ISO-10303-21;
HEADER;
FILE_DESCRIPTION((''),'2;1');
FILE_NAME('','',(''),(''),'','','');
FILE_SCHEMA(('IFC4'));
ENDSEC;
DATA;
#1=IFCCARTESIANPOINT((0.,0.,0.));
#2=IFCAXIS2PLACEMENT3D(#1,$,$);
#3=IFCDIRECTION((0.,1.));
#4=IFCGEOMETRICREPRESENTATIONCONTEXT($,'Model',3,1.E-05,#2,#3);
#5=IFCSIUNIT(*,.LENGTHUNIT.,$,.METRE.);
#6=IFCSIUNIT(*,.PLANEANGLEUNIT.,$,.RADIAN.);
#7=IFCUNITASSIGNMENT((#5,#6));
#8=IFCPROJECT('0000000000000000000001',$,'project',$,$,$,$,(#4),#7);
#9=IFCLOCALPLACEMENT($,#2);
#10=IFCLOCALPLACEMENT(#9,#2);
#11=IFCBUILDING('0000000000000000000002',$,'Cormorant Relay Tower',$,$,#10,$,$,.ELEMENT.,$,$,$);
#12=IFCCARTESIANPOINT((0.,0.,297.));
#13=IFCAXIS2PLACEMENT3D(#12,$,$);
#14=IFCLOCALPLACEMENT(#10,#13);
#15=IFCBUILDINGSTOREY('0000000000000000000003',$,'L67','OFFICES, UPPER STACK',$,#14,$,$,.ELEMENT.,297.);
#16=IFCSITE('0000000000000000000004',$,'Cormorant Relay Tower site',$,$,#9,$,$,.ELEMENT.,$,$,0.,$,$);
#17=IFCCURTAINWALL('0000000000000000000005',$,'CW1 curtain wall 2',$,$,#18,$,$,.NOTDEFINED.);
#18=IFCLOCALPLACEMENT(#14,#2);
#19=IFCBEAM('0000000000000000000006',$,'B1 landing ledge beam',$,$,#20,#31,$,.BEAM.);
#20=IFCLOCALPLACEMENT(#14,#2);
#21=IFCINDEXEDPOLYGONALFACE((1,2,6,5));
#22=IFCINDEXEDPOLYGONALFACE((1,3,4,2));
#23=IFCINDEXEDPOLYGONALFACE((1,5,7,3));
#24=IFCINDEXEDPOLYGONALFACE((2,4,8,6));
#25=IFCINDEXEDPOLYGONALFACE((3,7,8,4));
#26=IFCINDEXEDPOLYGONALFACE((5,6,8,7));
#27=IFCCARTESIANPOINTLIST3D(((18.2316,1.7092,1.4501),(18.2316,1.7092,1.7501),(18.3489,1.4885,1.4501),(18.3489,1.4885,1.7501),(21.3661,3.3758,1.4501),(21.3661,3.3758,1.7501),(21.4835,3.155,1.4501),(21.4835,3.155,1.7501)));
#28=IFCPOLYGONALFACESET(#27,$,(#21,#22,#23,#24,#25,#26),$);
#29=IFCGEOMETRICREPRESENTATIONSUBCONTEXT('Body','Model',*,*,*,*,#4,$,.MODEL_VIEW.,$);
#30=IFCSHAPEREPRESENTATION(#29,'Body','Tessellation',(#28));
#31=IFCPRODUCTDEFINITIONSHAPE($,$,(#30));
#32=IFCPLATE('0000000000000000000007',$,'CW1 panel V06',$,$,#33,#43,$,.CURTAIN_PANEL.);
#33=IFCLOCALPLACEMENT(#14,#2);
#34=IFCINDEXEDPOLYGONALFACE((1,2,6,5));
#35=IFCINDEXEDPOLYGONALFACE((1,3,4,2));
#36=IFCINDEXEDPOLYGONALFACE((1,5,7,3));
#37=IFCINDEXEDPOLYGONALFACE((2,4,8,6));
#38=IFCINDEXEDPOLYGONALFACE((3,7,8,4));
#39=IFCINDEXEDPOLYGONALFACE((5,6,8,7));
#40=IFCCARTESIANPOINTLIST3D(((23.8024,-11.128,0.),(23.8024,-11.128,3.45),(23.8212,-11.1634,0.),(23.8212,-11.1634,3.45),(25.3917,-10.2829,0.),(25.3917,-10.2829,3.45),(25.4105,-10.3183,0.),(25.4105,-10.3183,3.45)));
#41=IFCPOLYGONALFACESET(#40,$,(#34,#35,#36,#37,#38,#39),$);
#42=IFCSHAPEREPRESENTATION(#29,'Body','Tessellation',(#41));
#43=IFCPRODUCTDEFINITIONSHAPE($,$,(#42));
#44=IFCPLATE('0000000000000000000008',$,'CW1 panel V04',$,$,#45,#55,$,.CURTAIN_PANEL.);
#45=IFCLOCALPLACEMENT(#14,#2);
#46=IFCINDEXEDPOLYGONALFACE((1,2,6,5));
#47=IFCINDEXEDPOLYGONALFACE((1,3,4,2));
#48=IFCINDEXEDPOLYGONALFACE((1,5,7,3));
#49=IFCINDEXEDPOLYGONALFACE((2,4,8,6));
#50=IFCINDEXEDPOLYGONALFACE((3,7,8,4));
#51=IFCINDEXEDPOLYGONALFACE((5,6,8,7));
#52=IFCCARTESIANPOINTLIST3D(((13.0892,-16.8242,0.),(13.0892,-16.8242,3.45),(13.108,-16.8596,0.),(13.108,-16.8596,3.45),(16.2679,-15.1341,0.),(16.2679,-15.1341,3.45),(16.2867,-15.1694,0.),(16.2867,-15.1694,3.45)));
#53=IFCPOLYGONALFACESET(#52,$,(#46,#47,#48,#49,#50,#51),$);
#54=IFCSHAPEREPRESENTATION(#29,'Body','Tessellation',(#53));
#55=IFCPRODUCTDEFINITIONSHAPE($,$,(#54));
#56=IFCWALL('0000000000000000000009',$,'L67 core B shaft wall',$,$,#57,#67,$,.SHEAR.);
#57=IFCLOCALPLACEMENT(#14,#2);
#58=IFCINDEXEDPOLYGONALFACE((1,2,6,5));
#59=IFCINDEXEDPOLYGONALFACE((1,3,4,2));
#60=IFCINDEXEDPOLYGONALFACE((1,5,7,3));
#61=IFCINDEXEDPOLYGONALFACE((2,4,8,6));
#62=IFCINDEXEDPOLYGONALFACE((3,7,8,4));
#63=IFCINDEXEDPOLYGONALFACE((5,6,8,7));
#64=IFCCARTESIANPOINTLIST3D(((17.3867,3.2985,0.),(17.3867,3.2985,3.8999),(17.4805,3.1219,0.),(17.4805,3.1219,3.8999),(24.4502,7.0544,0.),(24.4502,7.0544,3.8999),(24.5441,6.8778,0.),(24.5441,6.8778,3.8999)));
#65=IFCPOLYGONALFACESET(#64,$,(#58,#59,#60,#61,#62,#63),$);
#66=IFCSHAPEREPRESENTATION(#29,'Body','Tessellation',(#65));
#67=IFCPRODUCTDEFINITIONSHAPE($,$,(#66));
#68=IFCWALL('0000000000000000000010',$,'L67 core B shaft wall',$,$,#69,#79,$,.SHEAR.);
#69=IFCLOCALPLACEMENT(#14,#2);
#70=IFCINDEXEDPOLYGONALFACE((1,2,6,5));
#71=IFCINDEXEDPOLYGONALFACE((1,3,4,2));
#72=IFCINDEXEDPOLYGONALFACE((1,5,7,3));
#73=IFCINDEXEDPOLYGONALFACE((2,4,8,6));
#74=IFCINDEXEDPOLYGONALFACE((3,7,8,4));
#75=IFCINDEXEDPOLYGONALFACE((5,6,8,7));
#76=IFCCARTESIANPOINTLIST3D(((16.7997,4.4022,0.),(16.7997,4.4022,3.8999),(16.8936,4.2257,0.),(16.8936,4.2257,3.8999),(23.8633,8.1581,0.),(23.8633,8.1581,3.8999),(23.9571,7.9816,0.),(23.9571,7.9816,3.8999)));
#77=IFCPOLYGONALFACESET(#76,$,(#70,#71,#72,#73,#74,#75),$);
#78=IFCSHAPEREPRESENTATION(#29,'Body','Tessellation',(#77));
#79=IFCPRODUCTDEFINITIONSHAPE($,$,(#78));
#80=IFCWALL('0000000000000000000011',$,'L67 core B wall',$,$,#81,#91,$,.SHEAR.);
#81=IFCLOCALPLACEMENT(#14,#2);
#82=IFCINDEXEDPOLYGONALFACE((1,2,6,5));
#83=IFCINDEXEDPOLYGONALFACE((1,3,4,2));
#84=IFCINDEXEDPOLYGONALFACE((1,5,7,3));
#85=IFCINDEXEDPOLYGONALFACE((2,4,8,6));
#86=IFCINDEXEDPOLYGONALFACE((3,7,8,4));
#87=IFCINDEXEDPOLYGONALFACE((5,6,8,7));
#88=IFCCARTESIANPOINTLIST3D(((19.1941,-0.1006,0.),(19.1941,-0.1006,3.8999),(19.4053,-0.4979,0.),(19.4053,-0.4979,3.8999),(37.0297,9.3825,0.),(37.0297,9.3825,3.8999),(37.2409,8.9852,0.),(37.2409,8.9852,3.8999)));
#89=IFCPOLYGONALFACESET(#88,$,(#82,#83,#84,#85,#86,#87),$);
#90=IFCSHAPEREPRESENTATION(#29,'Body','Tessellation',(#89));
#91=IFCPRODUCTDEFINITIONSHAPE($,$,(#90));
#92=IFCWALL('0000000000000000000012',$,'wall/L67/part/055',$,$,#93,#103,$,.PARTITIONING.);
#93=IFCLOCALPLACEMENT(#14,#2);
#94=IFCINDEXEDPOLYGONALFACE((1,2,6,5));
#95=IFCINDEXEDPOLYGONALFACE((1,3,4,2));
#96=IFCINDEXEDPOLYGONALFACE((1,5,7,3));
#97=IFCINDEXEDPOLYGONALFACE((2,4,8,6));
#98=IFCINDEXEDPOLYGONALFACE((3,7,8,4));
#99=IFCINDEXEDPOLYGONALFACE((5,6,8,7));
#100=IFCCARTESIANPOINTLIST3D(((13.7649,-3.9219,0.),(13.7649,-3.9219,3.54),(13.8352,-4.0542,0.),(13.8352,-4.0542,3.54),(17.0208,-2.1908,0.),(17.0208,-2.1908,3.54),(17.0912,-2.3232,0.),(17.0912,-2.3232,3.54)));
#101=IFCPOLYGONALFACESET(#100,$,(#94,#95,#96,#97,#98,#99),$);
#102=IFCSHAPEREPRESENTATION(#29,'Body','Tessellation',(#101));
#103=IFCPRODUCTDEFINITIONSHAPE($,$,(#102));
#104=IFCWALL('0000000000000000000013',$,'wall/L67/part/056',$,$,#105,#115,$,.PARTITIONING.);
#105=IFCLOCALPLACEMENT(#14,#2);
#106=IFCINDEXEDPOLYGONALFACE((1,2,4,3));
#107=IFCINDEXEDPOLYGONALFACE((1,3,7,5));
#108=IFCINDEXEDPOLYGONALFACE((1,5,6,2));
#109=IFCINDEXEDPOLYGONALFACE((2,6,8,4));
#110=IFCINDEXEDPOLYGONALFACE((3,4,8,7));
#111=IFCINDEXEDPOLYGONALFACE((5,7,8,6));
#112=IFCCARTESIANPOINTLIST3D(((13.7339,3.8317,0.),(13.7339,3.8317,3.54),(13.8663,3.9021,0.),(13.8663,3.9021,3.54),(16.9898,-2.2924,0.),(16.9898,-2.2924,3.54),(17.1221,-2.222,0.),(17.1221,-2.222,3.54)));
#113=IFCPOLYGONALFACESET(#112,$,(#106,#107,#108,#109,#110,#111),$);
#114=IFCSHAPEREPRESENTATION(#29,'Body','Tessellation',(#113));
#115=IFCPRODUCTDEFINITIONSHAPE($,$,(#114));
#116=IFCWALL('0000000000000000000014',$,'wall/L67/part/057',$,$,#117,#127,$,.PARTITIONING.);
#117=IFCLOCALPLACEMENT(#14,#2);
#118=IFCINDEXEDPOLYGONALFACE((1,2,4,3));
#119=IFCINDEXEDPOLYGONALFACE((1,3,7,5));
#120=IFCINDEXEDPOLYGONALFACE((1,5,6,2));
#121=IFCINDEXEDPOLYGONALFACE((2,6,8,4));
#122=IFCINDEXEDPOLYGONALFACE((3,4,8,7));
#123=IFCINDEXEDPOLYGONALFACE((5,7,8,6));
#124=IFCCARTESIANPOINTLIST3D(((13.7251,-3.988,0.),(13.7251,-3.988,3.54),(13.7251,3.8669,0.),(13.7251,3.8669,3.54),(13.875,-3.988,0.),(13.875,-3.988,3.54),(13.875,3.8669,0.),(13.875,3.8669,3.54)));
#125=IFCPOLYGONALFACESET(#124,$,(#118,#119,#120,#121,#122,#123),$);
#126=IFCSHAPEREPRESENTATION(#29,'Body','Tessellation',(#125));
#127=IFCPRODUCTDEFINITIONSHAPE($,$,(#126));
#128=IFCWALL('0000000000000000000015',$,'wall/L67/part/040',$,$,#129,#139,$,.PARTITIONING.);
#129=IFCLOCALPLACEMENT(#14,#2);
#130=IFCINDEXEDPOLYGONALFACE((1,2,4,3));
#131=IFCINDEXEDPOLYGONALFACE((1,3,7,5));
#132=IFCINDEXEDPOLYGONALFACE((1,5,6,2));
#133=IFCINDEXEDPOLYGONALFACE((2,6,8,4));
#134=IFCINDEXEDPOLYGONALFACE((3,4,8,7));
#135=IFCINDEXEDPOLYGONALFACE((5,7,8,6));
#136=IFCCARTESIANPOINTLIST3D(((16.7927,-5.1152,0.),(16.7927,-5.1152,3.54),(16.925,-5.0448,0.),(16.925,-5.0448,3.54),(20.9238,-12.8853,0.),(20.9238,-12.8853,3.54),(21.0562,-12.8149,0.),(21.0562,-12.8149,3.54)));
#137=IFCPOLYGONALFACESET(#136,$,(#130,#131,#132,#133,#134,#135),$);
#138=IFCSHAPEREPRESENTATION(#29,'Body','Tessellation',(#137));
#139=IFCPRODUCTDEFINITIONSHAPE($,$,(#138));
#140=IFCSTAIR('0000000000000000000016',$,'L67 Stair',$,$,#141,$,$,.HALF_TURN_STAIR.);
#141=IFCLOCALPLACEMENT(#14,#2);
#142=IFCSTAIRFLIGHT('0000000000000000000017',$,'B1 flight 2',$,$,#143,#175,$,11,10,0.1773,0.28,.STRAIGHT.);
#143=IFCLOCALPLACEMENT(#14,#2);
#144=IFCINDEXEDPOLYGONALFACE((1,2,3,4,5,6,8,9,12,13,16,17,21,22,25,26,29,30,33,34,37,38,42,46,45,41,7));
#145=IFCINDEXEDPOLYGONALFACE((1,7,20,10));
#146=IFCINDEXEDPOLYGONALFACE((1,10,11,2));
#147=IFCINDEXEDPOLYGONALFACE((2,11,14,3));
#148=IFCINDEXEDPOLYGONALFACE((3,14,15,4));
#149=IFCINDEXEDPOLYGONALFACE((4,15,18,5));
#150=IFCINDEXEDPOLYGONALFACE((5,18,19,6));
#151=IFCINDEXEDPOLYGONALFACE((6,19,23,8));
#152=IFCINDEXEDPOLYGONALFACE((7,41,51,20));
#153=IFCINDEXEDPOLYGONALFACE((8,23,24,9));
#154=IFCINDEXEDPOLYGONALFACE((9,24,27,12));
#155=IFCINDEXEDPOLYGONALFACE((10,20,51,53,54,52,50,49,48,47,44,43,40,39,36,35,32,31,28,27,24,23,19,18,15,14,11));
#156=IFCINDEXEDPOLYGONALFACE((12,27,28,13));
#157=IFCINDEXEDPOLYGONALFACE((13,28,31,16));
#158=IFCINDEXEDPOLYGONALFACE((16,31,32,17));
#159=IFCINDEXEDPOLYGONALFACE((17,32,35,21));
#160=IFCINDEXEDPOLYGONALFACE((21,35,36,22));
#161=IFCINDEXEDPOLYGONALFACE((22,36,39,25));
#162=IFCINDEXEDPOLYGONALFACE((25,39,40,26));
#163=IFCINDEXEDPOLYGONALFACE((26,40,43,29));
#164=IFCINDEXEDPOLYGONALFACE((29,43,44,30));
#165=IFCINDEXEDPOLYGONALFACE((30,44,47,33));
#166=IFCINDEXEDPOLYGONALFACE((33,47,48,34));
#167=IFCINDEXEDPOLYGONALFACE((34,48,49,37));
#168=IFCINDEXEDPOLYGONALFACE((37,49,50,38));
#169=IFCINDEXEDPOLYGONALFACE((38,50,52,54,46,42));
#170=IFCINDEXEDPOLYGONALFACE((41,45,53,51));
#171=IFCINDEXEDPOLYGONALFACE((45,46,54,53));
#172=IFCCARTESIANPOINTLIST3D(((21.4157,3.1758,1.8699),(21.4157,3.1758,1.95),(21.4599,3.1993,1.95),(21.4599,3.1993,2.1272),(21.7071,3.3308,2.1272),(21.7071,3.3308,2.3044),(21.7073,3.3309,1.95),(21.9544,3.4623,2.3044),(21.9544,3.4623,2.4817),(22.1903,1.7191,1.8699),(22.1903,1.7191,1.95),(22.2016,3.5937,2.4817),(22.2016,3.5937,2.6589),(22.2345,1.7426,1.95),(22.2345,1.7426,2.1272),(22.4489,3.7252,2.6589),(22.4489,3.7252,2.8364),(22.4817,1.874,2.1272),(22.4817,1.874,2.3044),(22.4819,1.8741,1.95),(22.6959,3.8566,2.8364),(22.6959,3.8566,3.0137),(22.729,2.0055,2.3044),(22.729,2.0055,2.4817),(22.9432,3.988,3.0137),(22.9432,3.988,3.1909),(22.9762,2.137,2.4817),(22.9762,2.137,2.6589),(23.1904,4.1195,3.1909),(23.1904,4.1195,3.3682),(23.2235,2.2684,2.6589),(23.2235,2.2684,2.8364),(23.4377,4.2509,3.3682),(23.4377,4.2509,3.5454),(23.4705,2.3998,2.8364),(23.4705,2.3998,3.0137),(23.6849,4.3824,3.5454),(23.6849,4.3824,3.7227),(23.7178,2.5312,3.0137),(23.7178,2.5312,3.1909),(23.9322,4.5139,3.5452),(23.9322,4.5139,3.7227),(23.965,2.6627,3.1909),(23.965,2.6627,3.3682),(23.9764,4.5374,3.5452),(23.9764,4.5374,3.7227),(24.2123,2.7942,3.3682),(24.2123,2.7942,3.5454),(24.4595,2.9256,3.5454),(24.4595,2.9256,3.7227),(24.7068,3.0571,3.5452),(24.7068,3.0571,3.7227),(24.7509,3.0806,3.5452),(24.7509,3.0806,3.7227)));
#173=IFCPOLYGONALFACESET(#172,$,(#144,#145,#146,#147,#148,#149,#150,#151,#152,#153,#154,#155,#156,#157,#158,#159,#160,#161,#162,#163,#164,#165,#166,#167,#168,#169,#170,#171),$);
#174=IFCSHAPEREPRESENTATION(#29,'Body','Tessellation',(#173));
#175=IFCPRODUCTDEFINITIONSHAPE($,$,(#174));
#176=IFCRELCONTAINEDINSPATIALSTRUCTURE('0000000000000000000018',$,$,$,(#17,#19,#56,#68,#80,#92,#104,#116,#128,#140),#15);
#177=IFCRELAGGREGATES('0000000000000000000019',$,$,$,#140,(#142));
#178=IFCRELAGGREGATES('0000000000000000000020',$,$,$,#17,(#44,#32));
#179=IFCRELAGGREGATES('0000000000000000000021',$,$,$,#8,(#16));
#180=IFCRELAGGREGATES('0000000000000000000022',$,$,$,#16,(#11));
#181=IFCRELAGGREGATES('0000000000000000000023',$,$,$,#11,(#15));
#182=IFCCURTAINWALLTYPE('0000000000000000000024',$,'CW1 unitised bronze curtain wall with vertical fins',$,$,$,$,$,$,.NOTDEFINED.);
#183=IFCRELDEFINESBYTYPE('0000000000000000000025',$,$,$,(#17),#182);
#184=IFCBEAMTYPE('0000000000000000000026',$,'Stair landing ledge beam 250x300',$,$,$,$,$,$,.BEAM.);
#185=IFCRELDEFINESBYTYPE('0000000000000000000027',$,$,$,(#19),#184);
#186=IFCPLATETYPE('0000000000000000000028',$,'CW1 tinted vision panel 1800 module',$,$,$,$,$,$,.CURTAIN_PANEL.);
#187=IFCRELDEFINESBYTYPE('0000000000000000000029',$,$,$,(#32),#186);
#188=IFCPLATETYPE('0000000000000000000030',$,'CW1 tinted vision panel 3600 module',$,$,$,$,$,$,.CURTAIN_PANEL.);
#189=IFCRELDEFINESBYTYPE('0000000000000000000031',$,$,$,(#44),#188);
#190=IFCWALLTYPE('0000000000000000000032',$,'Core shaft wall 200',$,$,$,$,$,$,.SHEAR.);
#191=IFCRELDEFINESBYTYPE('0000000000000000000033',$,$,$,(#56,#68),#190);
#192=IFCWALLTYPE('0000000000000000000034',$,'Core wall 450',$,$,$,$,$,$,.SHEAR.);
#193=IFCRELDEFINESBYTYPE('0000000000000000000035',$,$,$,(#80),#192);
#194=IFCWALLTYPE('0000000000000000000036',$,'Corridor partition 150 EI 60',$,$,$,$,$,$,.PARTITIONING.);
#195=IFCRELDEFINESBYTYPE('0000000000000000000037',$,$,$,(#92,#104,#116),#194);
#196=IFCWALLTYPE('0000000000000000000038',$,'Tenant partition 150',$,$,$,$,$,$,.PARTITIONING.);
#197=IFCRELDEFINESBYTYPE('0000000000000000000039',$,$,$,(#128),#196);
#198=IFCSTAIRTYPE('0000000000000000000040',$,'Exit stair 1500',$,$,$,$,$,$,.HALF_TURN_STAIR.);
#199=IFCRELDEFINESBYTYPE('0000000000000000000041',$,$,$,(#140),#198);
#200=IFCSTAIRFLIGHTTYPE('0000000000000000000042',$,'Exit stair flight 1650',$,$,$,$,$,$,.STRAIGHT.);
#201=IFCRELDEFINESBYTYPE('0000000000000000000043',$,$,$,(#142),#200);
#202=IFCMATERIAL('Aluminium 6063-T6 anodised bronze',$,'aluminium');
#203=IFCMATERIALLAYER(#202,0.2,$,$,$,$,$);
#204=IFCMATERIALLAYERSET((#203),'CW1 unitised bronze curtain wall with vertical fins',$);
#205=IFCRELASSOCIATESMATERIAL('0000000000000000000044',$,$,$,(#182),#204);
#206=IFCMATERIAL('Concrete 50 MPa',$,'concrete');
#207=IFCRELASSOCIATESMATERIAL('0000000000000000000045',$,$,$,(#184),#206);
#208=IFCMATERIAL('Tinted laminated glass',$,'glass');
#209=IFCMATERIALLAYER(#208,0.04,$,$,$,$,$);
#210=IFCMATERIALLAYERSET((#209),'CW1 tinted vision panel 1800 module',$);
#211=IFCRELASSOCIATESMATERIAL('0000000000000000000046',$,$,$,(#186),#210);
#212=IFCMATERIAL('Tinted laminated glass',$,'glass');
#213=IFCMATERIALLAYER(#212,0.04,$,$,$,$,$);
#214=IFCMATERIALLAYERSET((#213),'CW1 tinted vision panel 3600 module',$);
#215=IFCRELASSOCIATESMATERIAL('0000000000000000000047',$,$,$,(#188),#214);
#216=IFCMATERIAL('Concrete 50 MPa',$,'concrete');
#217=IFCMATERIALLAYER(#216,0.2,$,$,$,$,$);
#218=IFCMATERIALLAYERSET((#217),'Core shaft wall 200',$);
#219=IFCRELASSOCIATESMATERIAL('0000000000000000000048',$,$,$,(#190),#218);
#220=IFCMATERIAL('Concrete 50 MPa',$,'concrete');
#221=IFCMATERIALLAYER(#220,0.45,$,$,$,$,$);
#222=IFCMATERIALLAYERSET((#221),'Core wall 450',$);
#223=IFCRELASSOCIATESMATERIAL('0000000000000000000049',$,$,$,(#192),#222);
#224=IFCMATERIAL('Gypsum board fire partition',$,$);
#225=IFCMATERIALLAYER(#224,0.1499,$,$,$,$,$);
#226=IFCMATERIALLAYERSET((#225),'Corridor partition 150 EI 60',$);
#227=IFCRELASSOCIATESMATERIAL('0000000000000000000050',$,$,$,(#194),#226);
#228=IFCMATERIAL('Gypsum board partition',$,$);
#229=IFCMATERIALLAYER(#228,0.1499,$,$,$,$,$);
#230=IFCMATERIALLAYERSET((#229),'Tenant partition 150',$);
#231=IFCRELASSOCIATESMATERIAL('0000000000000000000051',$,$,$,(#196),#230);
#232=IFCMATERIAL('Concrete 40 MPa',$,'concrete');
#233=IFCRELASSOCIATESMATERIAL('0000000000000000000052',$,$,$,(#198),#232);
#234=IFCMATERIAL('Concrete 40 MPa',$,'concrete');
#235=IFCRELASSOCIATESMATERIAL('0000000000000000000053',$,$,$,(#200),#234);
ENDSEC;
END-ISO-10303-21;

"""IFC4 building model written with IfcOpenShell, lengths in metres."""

from ifc_helpers import new_model, si_unit, direction, frame, frame_2d, origin, origin_2d, place, context, subcontext, project, spatial, polyline, rectangle, outline, extrude, material, layer, layer_set, material_profile, profile_set, type_object, element, aggregate, save


model = new_model("IFC4")

# Units and contexts
model_context = context("Model", 3, precision=1e-05, world=origin(), true_north=direction((0.0, 1.0)))
body_context = subcontext(model_context, "Body", "Model", "MODEL_VIEW")
ifc_project = project(units=[si_unit("LENGTHUNIT", "METRE"), si_unit("PLANEANGLEUNIT", "RADIAN")], contexts=[model_context])

# Site, building, storey
site_placement = place(None, origin())
site = spatial("IfcSite", under=ifc_project, at=site_placement, Name="Cormorant Relay Tower site", CompositionType="ELEMENT", RefElevation=0.0)
building_placement = place(site_placement, origin())
building = spatial("IfcBuilding", under=site, at=building_placement, Name="Cormorant Relay Tower", CompositionType="ELEMENT")
storey_placement = place(building_placement, frame((0.0, 0.0, 297.0)))
storey = spatial("IfcBuildingStorey", under=building, at=storey_placement, Name="L67", Description="OFFICES, UPPER STACK", CompositionType="ELEMENT", Elevation=297.0)

# Curtain wall
ifc_material_1 = material(Name="Aluminium 6063-T6 anodised bronze", Category="aluminium")
ifc_layer_1 = layer(ifc_material_1, 0.2)
ifc_layer_set_1 = layer_set([ifc_layer_1], Name="CW1 unitised bronze curtain wall with vertical fins")
curtain_wall_type = type_object("IfcCurtainWallType", Name="CW1 unitised bronze curtain wall with vertical fins", PredefinedType="NOTDEFINED", material=ifc_layer_set_1)
curtain_wall_placement = place(storey_placement, origin())
curtain_wall = element("IfcCurtainWall", 1, at=curtain_wall_placement, inside=storey, type_object=curtain_wall_type, Name="CW1 curtain wall 2", PredefinedType="NOTDEFINED")

# Beam
ifc_material_2 = material(Name="Concrete 50 MPa", Category="concrete")
ifc_material_profile_1 = material_profile(ifc_material_2, rectangle(XDim=0.25, YDim=0.3, at=origin_2d()), Name="RC 250x300")
ifc_profile_set_1 = profile_set([ifc_material_profile_1], Name="Concrete 50 MPa")
beam_type_1 = type_object("IfcBeamType", Name="Stair landing ledge beam 250x300", PredefinedType="BEAM", material=ifc_profile_set_1)
beam_1_placement = place(storey_placement, frame((21.4248, 3.2654, 1.6001), z_axis=(-0.882965, -0.469438, 0.0), x_axis=(0.469438, -0.882965, 0.0)))
element("IfcBeam", 2, at=beam_1_placement, inside=storey, type_object=beam_type_1, Name="B1 landing ledge beam", PredefinedType="BEAM", context=body_context, shape_type="SweptSolid", body=[
    extrude(rectangle(XDim=0.25, YDim=0.3, at=origin_2d()), origin(), (0.0, 0.0, 1.0), 3.55),
])

# Plates
ifc_material_3 = material(Name="Tinted laminated glass", Category="glass")
ifc_layer_2 = layer(ifc_material_3, 0.04)
ifc_layer_set_2 = layer_set([ifc_layer_2], Name="CW1 tinted vision panel 1800 module")
plate_type_1 = type_object("IfcPlateType", Name="CW1 tinted vision panel 1800 module", PredefinedType="CURTAIN_PANEL", material=ifc_layer_set_2)
plate_1_placement = place(storey_placement, frame((24.6064, -10.7231, 0.0), z_axis=(0.0, 0.0, 1.0), x_axis=(0.882948, 0.469472, 0.0)))
plate_1 = element("IfcPlate", 3, at=plate_1_placement, type_object=plate_type_1, Name="CW1 panel V06", PredefinedType="CURTAIN_PANEL", context=body_context, shape_type="SweptSolid", body=[
    extrude(rectangle(XDim=1.8, YDim=0.04, at=origin_2d()), origin(), (0.0, 0.0, 1.0), 3.45),
])
ifc_material_4 = material(Name="Tinted laminated glass", Category="glass")
ifc_layer_3 = layer(ifc_material_4, 0.04)
ifc_layer_set_3 = layer_set([ifc_layer_3], Name="CW1 tinted vision panel 3600 module")
plate_type_2 = type_object("IfcPlateType", Name="CW1 tinted vision panel 3600 module", PredefinedType="CURTAIN_PANEL", material=ifc_layer_set_3)
plate_2_placement = place(storey_placement, frame((14.688, -15.9968, 0.0), z_axis=(0.0, 0.0, 1.0), x_axis=(0.882948, 0.469472, 0.0)))
plate_2 = element("IfcPlate", 4, at=plate_2_placement, type_object=plate_type_2, Name="CW1 panel V04", PredefinedType="CURTAIN_PANEL", context=body_context, shape_type="SweptSolid", body=[
    extrude(rectangle(XDim=3.6001, YDim=0.04, at=origin_2d()), origin(), (0.0, 0.0, 1.0), 3.45),
])

# Walls
ifc_material_5 = material(Name="Concrete 50 MPa", Category="concrete")
ifc_layer_4 = layer(ifc_material_5, 0.2)
ifc_layer_set_4 = layer_set([ifc_layer_4], Name="Core shaft wall 200")
wall_type_1 = type_object("IfcWallType", Name="Core shaft wall 200", PredefinedType="SHEAR", material=ifc_layer_set_4)
for number, where, z_axis, x_axis, name in (
    (5, (17.4336, 3.2102, 0.0), (0.0, 0.0, 1.0), (0.88294, 0.469485, 0.0), "L67 core B shaft wall"),
    (6, (16.8467, 4.314, 0.0), (0.0, 0.0, 1.0), (0.88294, 0.469485, 0.0), "L67 core B shaft wall"),
):
    element("IfcWall", number, at=place(storey_placement, frame(where, z_axis=z_axis, x_axis=x_axis)), inside=storey, type_object=wall_type_1, Name=name, PredefinedType="SHEAR", context=body_context, shape_type="SweptSolid", body=[
        extrude(rectangle(XDim=8.0, YDim=0.2, at=frame_2d((4.0, 0.0))), origin(), (0.0, 0.0, 1.0), 3.8999),
    ])

# Shared definitions
ifc_material_6 = material(Name="Concrete 50 MPa", Category="concrete")
ifc_layer_5 = layer(ifc_material_6, 0.45)
ifc_layer_set_5 = layer_set([ifc_layer_5], Name="Core wall 450")
wall_type_2 = type_object("IfcWallType", Name="Core wall 450", PredefinedType="SHEAR", material=ifc_layer_set_5)

# Walls
wall_1_placement = place(storey_placement, frame((19.2996, -0.2993, 0.0), z_axis=(0.0, 0.0, 1.0), x_axis=(0.882953, 0.469462, 0.0)))
element("IfcWall", 7, at=wall_1_placement, inside=storey, type_object=wall_type_2, Name="L67 core B wall", PredefinedType="SHEAR", context=body_context, shape_type="SweptSolid", body=[
    extrude(rectangle(XDim=20.2, YDim=0.45, at=frame_2d((10.1001, 0.0))), origin(), (0.0, 0.0, 1.0), 3.8999),
])
ifc_material_7 = material(Name="Gypsum board fire partition")
ifc_layer_6 = layer(ifc_material_7, 0.1499)
ifc_layer_set_6 = layer_set([ifc_layer_6], Name="Corridor partition 150 EI 60")
wall_type_3 = type_object("IfcWallType", Name="Corridor partition 150 EI 60", PredefinedType="PARTITIONING", material=ifc_layer_set_6)
wall_2_placement = place(storey_placement, frame((13.8, -3.988, 0.0), z_axis=(0.0, 0.0, 1.0), x_axis=(0.882972, 0.469426, 0.0)))
element("IfcWall", 8, at=wall_2_placement, inside=storey, type_object=wall_type_3, Name="wall/L67/part/055", PredefinedType="PARTITIONING", context=body_context, shape_type="SweptSolid", body=[
    extrude(rectangle(XDim=3.6875, YDim=0.1499, at=frame_2d((1.8438, 0.0))), origin(), (0.0, 0.0, 1.0), 3.54),
])
wall_3_placement = place(storey_placement, frame((17.0559, -2.2571, 0.0), z_axis=(0.0, 0.0, 1.0), x_axis=(-0.469433, 0.882968, 0.0)))
element("IfcWall", 9, at=wall_3_placement, inside=storey, type_object=wall_type_3, Name="wall/L67/part/056", PredefinedType="PARTITIONING", context=body_context, shape_type="SweptSolid", body=[
    extrude(rectangle(XDim=6.9358, YDim=0.1499, at=frame_2d((3.4678, 0.0))), origin(), (0.0, 0.0, 1.0), 3.54),
])
wall_4_placement = place(storey_placement, frame((13.8, 3.8669, 0.0), z_axis=(0.0, 0.0, 1.0), x_axis=(0.0, -1.0, 0.0)))
element("IfcWall", 10, at=wall_4_placement, inside=storey, type_object=wall_type_3, Name="wall/L67/part/057", PredefinedType="PARTITIONING", context=body_context, shape_type="SweptSolid", body=[
    extrude(rectangle(XDim=7.855, YDim=0.1499, at=frame_2d((3.9275, 0.0))), origin(), (0.0, 0.0, 1.0), 3.54),
])
ifc_material_8 = material(Name="Gypsum board partition")
ifc_layer_7 = layer(ifc_material_8, 0.1499)
ifc_layer_set_7 = layer_set([ifc_layer_7], Name="Tenant partition 150")
wall_type_4 = type_object("IfcWallType", Name="Tenant partition 150", PredefinedType="PARTITIONING", material=ifc_layer_set_7)
wall_5_placement = place(storey_placement, frame((16.8589, -5.0801, 0.0), z_axis=(0.0, 0.0, 1.0), x_axis=(0.469446, -0.882961, 0.0)))
element("IfcWall", 11, at=wall_5_placement, inside=storey, type_object=wall_type_4, Name="wall/L67/part/040", PredefinedType="PARTITIONING", context=body_context, shape_type="SweptSolid", body=[
    extrude(rectangle(XDim=8.8, YDim=0.1499, at=frame_2d((4.3999, 0.0))), origin(), (0.0, 0.0, 1.0), 3.54),
])

# Stair, stair flight
ifc_material_9 = material(Name="Concrete 40 MPa", Category="concrete")
stair_type = type_object("IfcStairType", Name="Exit stair 1500", PredefinedType="HALF_TURN_STAIR", material=ifc_material_9)
stair_placement = place(storey_placement, origin())
stair = element("IfcStair", 12, at=stair_placement, inside=storey, type_object=stair_type, Name="L67 Stair", PredefinedType="HALF_TURN_STAIR")
ifc_material_10 = material(Name="Concrete 40 MPa", Category="concrete")
stair_flight_type = type_object("IfcStairFlightType", Name="Exit stair flight 1650", PredefinedType="STRAIGHT", material=ifc_material_10)
stair_flight_placement = place(storey_placement, frame((21.8472, 2.4709, 1.95), z_axis=(0.0, 0.0, 1.0), x_axis=(0.882948, 0.469472, 0.0)))
stair_flight = element("IfcStairFlight", 13, at=stair_flight_placement, type_object=stair_flight_type, Name="B1 flight 2", NumberOfRisers=11, NumberOfTreads=10, PredefinedType="STRAIGHT", RiserHeight=0.1773, TreadLength=0.28, context=body_context, shape_type="SweptSolid", body=[
    extrude(outline(polyline([(-0.05, -0.0801), (-0.05, 0.0), (0.0, 0.0), (0.0, 0.1772), (0.28, 0.1772), (0.28, 0.3545), (0.5601, 0.3545), (0.5601, 0.5317), (0.8401, 0.5317), (0.8401, 0.709), (1.1201, 0.709), (1.1201, 0.8865), (1.3999, 0.8865), (1.3999, 1.0637), (1.6799, 1.0637), (1.6799, 1.241), (1.96, 1.241), (1.96, 1.4182), (2.24, 1.4182), (2.24, 1.5955), (2.52, 1.5955), (2.52, 1.7727), (2.8, 1.7727), (2.8501, 1.7727), (2.8501, 1.5952), (2.8, 1.5952), (0.2803, 0.0), (-0.05, -0.0801)])), frame((0.0, 0.825, 0.0), z_axis=(0.0, -1.0, 0.0), x_axis=(1.0, 0.0, 0.0)), (0.0, 0.0, 1.0), 1.6499),
])
aggregate(stair, [stair_flight])

aggregate(curtain_wall, [plate_2, plate_1])

save(model, "model.ifc")
